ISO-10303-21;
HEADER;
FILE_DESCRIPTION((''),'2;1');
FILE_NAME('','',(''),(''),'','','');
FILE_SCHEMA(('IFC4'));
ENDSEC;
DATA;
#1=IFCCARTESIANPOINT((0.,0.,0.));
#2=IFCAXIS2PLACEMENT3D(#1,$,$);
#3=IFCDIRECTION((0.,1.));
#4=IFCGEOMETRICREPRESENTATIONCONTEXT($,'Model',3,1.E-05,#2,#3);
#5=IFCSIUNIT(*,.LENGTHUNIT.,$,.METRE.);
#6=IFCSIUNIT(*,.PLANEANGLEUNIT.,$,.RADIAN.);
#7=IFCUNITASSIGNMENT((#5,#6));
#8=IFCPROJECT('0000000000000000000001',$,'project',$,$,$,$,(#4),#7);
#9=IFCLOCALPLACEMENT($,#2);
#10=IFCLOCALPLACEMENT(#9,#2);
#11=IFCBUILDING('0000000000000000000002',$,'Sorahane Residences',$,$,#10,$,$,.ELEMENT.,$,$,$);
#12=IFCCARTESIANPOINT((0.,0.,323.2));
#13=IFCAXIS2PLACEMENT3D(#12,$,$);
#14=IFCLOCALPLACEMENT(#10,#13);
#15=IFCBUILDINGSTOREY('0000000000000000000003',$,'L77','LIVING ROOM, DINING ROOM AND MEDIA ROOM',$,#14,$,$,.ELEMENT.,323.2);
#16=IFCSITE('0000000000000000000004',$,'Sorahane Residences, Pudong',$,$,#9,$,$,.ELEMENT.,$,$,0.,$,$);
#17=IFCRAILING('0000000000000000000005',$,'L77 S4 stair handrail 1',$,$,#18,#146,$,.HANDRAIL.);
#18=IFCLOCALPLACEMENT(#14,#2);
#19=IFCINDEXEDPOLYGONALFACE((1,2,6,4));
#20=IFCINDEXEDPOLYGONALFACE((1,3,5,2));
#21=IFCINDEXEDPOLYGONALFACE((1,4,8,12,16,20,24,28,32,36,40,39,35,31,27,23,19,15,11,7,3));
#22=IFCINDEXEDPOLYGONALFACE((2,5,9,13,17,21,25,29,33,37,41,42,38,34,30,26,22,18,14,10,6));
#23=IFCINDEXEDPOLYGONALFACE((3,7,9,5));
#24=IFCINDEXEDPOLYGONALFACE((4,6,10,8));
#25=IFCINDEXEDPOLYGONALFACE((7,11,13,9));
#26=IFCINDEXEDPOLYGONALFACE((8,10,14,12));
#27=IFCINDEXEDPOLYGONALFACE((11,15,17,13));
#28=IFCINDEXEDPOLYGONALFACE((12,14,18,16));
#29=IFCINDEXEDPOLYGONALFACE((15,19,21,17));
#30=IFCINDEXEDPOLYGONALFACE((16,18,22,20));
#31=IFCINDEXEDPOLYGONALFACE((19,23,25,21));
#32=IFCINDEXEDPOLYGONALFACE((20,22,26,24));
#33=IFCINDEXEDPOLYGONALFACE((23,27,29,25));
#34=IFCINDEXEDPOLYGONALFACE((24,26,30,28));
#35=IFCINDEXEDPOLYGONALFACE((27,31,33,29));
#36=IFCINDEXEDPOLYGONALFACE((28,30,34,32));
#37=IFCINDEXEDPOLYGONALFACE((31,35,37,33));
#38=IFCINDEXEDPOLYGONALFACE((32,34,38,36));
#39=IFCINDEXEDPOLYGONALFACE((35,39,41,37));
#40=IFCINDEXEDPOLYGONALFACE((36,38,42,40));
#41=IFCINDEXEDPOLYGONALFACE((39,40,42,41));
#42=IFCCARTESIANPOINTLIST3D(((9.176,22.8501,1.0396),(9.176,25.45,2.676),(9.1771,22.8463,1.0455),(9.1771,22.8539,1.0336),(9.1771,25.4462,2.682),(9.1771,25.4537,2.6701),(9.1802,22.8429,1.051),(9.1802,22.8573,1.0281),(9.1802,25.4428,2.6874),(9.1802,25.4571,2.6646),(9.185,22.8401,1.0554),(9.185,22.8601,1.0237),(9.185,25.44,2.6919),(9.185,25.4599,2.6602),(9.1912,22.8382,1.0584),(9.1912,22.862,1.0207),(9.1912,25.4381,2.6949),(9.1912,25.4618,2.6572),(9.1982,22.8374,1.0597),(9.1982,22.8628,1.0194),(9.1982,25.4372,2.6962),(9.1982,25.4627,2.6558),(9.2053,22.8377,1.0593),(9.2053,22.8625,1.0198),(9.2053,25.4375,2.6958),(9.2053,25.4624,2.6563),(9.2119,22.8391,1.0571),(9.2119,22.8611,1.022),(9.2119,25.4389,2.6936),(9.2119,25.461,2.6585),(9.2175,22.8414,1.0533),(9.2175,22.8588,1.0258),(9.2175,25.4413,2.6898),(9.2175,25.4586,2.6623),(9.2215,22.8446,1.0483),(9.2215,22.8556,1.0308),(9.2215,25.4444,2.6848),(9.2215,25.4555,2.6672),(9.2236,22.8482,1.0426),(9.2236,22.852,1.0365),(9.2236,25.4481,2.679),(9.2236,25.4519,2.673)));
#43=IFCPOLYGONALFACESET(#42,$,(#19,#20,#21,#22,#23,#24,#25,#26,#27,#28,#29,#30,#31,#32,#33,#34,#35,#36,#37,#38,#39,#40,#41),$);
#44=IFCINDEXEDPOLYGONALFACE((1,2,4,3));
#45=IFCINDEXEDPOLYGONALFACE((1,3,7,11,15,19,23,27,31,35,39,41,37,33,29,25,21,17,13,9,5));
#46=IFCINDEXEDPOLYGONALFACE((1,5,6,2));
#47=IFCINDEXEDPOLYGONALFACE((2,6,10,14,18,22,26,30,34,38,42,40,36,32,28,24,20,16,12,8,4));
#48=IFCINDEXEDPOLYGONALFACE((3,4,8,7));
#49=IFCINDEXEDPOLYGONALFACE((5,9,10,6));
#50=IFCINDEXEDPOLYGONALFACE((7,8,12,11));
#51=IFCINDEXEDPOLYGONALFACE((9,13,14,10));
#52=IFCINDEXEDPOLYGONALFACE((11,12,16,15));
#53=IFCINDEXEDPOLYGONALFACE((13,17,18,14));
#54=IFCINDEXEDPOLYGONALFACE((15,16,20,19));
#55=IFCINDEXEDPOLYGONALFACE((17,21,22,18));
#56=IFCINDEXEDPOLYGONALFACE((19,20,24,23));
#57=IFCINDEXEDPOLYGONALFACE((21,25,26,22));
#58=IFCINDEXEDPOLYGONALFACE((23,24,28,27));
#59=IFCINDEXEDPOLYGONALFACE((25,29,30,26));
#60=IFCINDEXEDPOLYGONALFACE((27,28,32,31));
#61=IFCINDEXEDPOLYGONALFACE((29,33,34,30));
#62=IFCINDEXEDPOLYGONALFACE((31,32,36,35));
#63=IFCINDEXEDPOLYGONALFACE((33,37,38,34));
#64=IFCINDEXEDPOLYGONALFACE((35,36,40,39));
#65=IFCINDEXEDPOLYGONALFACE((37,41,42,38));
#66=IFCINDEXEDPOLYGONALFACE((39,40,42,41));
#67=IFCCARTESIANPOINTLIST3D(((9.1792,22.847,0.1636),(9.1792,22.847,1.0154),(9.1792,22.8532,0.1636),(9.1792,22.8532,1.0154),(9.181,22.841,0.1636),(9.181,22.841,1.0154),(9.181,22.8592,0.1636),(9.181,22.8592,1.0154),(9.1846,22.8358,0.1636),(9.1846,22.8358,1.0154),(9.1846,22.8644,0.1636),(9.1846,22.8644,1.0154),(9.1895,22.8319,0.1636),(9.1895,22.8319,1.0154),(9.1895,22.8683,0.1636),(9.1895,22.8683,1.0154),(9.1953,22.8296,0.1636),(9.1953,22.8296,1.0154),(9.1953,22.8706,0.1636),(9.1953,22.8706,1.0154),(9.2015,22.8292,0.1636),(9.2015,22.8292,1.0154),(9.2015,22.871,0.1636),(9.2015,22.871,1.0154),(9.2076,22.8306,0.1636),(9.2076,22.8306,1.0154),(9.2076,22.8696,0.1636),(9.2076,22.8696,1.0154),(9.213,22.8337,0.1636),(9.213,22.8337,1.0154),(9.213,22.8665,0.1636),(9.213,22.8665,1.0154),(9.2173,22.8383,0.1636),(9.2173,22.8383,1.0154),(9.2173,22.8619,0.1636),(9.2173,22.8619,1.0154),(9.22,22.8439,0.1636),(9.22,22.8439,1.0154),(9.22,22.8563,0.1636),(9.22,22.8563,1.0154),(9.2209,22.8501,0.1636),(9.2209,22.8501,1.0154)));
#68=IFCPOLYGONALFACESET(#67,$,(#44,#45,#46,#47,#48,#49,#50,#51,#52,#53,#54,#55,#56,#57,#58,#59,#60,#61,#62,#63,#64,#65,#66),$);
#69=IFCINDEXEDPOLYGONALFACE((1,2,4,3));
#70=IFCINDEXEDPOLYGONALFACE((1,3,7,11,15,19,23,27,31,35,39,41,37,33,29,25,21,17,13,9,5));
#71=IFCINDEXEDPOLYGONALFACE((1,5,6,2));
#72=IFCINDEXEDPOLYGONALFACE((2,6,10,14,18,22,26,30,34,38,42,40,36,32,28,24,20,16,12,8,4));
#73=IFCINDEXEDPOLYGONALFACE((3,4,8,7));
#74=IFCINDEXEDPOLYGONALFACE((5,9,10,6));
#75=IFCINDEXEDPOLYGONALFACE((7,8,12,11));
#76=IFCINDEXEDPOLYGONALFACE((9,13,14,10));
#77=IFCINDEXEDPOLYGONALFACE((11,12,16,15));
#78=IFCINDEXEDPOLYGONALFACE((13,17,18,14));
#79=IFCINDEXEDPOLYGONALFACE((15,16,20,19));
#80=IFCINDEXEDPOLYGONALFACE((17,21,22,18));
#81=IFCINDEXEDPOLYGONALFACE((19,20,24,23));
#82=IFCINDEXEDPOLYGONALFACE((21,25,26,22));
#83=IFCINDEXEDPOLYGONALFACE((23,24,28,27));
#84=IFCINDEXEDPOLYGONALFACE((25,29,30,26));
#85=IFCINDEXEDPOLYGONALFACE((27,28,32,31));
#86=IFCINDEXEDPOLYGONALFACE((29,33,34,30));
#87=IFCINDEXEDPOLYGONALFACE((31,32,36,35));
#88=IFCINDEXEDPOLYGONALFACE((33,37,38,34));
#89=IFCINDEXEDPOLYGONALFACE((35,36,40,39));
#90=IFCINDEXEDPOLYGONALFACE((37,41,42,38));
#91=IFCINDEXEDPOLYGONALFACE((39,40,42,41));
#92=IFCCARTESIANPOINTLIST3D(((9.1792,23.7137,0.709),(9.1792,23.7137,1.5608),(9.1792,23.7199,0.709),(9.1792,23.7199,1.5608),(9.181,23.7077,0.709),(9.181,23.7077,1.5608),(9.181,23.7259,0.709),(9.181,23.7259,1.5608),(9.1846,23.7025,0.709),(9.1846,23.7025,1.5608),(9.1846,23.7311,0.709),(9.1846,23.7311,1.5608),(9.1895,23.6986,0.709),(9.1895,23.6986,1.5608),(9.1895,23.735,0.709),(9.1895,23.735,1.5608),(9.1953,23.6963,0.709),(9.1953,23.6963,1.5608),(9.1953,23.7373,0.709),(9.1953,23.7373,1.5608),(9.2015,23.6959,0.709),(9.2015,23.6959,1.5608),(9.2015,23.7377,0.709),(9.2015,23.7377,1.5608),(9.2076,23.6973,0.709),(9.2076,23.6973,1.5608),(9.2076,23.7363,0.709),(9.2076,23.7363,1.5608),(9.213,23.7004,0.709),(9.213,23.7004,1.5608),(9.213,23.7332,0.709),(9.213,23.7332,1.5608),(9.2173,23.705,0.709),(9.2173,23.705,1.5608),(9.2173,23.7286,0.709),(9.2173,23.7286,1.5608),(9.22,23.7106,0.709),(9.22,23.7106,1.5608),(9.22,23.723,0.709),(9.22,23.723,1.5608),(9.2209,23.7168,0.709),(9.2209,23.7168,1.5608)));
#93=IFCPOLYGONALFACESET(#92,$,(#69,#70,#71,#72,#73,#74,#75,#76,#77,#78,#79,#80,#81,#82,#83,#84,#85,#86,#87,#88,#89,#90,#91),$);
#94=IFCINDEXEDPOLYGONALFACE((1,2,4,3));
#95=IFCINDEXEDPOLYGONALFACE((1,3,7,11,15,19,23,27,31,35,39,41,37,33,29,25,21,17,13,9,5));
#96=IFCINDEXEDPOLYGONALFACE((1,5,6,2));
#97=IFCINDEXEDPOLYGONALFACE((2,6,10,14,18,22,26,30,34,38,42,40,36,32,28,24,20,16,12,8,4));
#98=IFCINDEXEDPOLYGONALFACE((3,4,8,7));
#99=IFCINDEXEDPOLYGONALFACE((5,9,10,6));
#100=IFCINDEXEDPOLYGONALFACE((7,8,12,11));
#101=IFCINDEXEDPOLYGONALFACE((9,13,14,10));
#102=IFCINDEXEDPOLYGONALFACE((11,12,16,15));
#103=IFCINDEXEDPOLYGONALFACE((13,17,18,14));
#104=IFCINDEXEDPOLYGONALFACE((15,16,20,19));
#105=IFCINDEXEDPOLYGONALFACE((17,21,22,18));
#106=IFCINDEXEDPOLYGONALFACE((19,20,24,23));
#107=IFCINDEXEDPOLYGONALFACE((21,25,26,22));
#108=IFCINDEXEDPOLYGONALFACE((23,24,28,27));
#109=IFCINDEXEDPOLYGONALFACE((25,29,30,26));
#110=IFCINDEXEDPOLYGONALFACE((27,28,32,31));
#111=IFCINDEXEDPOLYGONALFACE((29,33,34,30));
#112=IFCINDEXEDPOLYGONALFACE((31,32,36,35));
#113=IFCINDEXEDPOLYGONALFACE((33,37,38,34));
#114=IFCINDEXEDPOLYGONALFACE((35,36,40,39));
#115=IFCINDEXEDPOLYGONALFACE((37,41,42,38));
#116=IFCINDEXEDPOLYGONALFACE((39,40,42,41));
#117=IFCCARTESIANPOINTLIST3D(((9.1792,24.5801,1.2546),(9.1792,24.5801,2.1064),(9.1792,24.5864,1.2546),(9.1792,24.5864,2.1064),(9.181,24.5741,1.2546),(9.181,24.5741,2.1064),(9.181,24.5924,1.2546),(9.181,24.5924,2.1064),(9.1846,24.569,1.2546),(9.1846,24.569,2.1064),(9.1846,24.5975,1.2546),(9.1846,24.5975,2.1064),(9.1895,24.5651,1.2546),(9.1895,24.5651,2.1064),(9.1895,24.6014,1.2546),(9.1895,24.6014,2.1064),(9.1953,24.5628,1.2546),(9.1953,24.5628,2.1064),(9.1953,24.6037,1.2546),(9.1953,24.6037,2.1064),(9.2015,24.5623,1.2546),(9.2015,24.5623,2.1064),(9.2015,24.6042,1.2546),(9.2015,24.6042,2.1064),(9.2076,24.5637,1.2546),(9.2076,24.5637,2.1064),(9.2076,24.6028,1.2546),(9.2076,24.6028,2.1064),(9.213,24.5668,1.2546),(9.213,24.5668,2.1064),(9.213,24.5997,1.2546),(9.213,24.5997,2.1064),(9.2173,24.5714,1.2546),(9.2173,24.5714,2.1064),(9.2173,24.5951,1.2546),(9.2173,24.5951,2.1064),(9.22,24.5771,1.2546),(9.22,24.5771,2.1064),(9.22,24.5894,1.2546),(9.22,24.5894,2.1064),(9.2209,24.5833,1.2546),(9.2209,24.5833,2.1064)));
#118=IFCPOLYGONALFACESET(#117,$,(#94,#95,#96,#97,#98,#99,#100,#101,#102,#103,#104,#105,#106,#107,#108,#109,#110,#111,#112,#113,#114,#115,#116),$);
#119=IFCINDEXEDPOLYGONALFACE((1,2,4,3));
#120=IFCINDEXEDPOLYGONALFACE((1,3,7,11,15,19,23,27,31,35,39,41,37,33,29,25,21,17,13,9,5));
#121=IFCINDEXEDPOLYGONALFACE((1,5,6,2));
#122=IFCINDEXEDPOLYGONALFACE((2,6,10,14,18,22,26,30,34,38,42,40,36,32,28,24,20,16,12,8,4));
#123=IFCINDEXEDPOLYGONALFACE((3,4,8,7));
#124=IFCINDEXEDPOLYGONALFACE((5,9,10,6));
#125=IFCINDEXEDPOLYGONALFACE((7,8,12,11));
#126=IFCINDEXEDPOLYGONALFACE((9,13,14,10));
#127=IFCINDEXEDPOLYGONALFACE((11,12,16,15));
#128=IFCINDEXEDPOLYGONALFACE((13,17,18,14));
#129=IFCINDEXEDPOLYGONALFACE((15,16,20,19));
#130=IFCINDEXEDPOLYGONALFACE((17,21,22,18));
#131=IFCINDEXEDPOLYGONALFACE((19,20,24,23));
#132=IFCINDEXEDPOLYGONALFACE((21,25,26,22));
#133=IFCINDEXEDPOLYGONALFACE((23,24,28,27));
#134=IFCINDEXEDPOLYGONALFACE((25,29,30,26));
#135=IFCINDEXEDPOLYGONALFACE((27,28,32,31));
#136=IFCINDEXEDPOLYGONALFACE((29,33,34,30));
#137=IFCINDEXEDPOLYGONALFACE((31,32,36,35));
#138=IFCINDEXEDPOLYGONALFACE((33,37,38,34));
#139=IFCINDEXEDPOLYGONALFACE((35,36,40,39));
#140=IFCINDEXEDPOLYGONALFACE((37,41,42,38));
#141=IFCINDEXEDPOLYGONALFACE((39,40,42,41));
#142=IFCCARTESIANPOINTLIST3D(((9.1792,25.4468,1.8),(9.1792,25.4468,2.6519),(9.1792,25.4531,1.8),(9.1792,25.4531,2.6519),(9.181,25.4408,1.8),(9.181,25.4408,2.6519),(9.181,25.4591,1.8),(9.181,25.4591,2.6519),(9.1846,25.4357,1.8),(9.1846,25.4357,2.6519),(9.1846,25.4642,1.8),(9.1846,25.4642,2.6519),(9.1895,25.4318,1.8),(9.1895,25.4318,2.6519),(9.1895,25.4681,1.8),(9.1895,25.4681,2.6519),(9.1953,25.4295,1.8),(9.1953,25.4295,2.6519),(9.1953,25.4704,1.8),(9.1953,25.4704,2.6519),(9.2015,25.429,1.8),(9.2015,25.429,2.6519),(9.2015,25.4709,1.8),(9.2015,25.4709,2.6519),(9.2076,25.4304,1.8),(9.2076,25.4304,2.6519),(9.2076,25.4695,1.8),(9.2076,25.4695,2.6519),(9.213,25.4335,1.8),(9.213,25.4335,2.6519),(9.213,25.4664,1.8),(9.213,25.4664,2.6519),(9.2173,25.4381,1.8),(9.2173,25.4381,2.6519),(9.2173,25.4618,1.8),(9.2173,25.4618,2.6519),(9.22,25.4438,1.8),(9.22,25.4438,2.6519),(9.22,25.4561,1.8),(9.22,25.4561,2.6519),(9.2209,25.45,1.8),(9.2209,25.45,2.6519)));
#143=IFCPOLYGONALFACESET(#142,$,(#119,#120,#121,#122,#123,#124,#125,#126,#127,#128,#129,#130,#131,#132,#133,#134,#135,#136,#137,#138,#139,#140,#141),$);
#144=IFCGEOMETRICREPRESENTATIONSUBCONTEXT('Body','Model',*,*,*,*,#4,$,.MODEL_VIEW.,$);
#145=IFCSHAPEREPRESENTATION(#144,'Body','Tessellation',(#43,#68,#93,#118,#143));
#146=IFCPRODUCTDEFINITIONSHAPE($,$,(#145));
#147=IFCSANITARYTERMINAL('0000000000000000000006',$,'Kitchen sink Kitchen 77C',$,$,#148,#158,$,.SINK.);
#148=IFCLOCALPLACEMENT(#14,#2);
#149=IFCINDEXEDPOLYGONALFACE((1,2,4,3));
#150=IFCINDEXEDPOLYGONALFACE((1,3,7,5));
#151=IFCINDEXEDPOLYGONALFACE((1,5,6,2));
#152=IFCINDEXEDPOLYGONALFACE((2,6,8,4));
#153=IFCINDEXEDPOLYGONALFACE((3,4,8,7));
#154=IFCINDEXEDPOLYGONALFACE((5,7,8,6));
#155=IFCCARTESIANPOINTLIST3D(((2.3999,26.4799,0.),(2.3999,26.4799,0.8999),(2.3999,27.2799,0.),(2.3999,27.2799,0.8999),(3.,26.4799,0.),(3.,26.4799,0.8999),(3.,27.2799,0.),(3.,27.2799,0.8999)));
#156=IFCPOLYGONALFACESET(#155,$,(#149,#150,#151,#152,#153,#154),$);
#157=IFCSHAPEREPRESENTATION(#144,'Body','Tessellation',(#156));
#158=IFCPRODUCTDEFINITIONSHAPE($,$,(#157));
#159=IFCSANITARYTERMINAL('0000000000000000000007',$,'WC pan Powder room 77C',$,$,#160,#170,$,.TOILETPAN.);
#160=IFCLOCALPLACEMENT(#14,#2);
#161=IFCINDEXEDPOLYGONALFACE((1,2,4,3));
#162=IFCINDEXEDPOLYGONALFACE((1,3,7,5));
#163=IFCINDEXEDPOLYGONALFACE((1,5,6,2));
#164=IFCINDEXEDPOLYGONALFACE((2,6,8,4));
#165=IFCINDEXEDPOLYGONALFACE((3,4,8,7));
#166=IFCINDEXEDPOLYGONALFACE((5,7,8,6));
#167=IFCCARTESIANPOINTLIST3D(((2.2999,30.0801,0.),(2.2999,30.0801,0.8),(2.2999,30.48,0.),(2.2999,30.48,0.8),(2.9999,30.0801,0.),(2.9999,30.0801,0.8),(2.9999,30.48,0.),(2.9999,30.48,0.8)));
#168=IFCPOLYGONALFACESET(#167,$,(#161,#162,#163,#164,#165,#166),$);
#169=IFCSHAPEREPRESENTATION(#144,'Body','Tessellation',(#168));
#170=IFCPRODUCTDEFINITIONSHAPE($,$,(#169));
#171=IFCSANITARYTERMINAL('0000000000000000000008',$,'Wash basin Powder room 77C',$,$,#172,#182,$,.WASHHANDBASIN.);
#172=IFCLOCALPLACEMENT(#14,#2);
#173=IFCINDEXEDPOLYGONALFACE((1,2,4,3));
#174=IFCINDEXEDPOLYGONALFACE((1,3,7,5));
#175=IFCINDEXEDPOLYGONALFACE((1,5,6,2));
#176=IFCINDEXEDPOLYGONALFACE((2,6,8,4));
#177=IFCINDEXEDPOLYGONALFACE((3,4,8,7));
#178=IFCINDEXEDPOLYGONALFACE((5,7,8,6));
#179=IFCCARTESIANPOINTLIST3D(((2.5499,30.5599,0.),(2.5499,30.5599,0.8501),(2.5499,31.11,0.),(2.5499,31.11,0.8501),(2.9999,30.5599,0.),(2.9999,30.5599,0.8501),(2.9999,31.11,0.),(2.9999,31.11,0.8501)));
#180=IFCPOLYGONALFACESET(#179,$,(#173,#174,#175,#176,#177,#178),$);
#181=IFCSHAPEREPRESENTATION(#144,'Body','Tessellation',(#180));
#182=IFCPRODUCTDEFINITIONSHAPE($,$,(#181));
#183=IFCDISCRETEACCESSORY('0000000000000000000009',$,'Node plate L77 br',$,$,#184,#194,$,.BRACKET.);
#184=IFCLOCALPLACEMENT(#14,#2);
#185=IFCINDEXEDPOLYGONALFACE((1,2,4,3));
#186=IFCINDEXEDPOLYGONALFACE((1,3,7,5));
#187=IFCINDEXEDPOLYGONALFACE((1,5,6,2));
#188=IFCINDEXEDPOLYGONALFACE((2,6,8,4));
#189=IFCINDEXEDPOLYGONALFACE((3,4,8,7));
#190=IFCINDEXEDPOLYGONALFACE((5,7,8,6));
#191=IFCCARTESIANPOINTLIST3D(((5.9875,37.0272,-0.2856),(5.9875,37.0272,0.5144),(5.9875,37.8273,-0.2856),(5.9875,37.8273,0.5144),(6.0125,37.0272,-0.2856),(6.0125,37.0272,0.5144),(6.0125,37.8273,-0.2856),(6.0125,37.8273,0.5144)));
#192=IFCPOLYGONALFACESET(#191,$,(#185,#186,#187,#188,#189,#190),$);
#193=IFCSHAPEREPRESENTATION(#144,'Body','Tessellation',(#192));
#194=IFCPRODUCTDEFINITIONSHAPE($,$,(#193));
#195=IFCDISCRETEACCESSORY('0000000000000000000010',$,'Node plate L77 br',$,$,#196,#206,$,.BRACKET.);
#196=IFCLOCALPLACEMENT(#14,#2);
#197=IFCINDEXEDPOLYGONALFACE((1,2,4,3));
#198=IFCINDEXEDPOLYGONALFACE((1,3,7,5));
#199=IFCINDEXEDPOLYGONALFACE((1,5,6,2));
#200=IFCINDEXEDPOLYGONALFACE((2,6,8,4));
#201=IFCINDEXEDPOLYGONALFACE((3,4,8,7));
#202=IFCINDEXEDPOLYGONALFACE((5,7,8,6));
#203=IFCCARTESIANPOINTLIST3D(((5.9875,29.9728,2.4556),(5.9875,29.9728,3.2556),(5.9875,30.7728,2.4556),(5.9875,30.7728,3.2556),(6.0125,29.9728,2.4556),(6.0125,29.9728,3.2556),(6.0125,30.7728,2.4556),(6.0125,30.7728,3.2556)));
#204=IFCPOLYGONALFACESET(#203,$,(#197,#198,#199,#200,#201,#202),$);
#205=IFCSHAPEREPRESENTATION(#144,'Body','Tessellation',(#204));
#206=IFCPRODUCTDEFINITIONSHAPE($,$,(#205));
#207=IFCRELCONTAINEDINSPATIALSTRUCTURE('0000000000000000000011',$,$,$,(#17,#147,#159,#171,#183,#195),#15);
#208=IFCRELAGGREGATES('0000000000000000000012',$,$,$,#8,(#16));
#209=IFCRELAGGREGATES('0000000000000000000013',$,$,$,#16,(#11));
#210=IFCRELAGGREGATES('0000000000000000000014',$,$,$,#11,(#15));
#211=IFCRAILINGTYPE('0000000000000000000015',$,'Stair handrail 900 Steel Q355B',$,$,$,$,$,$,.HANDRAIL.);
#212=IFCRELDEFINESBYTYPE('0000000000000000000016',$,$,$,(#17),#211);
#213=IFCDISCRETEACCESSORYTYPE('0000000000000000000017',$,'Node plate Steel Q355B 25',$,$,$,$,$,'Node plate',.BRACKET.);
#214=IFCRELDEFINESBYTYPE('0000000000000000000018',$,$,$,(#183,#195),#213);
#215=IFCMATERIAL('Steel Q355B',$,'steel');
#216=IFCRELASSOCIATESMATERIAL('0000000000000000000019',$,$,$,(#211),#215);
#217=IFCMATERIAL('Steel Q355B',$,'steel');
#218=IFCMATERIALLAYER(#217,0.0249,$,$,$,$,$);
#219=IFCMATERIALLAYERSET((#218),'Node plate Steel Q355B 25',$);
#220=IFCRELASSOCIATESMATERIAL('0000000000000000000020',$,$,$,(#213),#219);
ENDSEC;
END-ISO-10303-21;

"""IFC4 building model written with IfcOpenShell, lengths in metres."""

from ifc_helpers import new_model, si_unit, direction, frame, origin, origin_2d, place, context, subcontext, project, spatial, rectangle, circle, extrude, material, layer, layer_set, type_object, element, save


model = new_model("IFC4")

# Units and contexts
model_context = context("Model", 3, precision=1e-05, world=origin(), true_north=direction((0.0, 1.0)))
body_context = subcontext(model_context, "Body", "Model", "MODEL_VIEW")
ifc_project = project(units=[si_unit("LENGTHUNIT", "METRE"), si_unit("PLANEANGLEUNIT", "RADIAN")], contexts=[model_context])

# Site, building, storey
site_placement = place(None, origin())
site = spatial("IfcSite", under=ifc_project, at=site_placement, Name="Sorahane Residences, Pudong", CompositionType="ELEMENT", RefElevation=0.0)
building_placement = place(site_placement, origin())
building = spatial("IfcBuilding", under=site, at=building_placement, Name="Sorahane Residences", CompositionType="ELEMENT")
storey_placement = place(building_placement, frame((0.0, 0.0, 323.2)))
storey = spatial("IfcBuildingStorey", under=building, at=storey_placement, Name="L77", Description="LIVING ROOM, DINING ROOM AND MEDIA ROOM", CompositionType="ELEMENT", Elevation=323.2)

# Railing
ifc_material_1 = material(Name="Steel Q355B", Category="steel")
railing_type = type_object("IfcRailingType", Name="Stair handrail 900 Steel Q355B", PredefinedType="HANDRAIL", material=ifc_material_1)
railing_placement = place(storey_placement, frame((9.2, 22.8501, 0.1636)))
element("IfcRailing", 1, at=railing_placement, inside=storey, type_object=railing_type, Name="L77 S4 stair handrail 1", PredefinedType="HANDRAIL", context=body_context, shape_type="SweptSolid", body=[
    extrude(circle(Radius=0.0239, at=origin_2d()), frame((0.0, 0.0, 0.876), z_axis=(0.0, 0.846302, 0.532704), x_axis=(-1.0, 0.0, 0.0)), (0.0, 0.0, 1.0), 3.072),
    extrude(circle(Radius=0.021, at=origin_2d()), origin(), (0.0, 0.0, 1.0), 0.8518),
    extrude(circle(Radius=0.021, at=origin_2d()), frame((0.0, 0.8667, 0.5454)), (0.0, 0.0, 1.0), 0.8518),
    extrude(circle(Radius=0.021, at=origin_2d()), frame((0.0, 1.7332, 1.0911)), (0.0, 0.0, 1.0), 0.8518),
    extrude(circle(Radius=0.021, at=origin_2d()), frame((0.0, 2.5999, 1.6365)), (0.0, 0.0, 1.0), 0.8518),
])

# Sanitary terminals
sanitary_terminal_1_placement = place(storey_placement, frame((2.7, 26.8799, 0.0), z_axis=(0.0, 0.0, 1.0), x_axis=(0.0, -1.0, 0.0)))
element("IfcSanitaryTerminal", 2, at=sanitary_terminal_1_placement, inside=storey, Name="Kitchen sink Kitchen 77C", PredefinedType="SINK", context=body_context, shape_type="SweptSolid", body=[
    extrude(rectangle(XDim=0.8, YDim=0.6001, at=origin_2d()), origin(), (0.0, 0.0, 1.0), 0.8999),
])
sanitary_terminal_2_placement = place(storey_placement, frame((2.6499, 30.28, 0.0), z_axis=(0.0, 0.0, 1.0), x_axis=(0.0, -1.0, 0.0)))
element("IfcSanitaryTerminal", 3, at=sanitary_terminal_2_placement, inside=storey, Name="WC pan Powder room 77C", PredefinedType="TOILETPAN", context=body_context, shape_type="SweptSolid", body=[
    extrude(rectangle(XDim=0.3999, YDim=0.7, at=origin_2d()), origin(), (0.0, 0.0, 1.0), 0.8),
])
sanitary_terminal_3_placement = place(storey_placement, frame((2.7749, 30.835, 0.0), z_axis=(0.0, 0.0, 1.0), x_axis=(0.0, -1.0, 0.0)))
element("IfcSanitaryTerminal", 4, at=sanitary_terminal_3_placement, inside=storey, Name="Wash basin Powder room 77C", PredefinedType="WASHHANDBASIN", context=body_context, shape_type="SweptSolid", body=[
    extrude(rectangle(XDim=0.55, YDim=0.45, at=origin_2d()), origin(), (0.0, 0.0, 1.0), 0.8501),
])

# Discrete accessories
ifc_material_2 = material(Name="Steel Q355B", Category="steel")
ifc_layer_1 = layer(ifc_material_2, 0.0249)
ifc_layer_set_1 = layer_set([ifc_layer_1], Name="Node plate Steel Q355B 25")
discrete_accessory_type = type_object("IfcDiscreteAccessoryType", Name="Node plate Steel Q355B 25", ElementType="Node plate", PredefinedType="BRACKET", material=ifc_layer_set_1)
for number, where, z_axis, x_axis, name in (
    (5, (6.0, 37.4272, -0.2856), (0.0, 0.0, 1.0), (0.0, 1.0, 0.0), "Node plate L77 br"),
    (6, (6.0, 30.3728, 2.4556), (0.0, 0.0, 1.0), (0.0, 1.0, 0.0), "Node plate L77 br"),
):
    element("IfcDiscreteAccessory", number, at=place(storey_placement, frame(where, z_axis=z_axis, x_axis=x_axis)), inside=storey, type_object=discrete_accessory_type, Name=name, PredefinedType="BRACKET", context=body_context, shape_type="SweptSolid", body=[
        extrude(rectangle(XDim=0.8, YDim=0.0249, at=origin_2d()), origin(), (0.0, 0.0, 1.0), 0.8),
    ])

save(model, "model.ifc")
